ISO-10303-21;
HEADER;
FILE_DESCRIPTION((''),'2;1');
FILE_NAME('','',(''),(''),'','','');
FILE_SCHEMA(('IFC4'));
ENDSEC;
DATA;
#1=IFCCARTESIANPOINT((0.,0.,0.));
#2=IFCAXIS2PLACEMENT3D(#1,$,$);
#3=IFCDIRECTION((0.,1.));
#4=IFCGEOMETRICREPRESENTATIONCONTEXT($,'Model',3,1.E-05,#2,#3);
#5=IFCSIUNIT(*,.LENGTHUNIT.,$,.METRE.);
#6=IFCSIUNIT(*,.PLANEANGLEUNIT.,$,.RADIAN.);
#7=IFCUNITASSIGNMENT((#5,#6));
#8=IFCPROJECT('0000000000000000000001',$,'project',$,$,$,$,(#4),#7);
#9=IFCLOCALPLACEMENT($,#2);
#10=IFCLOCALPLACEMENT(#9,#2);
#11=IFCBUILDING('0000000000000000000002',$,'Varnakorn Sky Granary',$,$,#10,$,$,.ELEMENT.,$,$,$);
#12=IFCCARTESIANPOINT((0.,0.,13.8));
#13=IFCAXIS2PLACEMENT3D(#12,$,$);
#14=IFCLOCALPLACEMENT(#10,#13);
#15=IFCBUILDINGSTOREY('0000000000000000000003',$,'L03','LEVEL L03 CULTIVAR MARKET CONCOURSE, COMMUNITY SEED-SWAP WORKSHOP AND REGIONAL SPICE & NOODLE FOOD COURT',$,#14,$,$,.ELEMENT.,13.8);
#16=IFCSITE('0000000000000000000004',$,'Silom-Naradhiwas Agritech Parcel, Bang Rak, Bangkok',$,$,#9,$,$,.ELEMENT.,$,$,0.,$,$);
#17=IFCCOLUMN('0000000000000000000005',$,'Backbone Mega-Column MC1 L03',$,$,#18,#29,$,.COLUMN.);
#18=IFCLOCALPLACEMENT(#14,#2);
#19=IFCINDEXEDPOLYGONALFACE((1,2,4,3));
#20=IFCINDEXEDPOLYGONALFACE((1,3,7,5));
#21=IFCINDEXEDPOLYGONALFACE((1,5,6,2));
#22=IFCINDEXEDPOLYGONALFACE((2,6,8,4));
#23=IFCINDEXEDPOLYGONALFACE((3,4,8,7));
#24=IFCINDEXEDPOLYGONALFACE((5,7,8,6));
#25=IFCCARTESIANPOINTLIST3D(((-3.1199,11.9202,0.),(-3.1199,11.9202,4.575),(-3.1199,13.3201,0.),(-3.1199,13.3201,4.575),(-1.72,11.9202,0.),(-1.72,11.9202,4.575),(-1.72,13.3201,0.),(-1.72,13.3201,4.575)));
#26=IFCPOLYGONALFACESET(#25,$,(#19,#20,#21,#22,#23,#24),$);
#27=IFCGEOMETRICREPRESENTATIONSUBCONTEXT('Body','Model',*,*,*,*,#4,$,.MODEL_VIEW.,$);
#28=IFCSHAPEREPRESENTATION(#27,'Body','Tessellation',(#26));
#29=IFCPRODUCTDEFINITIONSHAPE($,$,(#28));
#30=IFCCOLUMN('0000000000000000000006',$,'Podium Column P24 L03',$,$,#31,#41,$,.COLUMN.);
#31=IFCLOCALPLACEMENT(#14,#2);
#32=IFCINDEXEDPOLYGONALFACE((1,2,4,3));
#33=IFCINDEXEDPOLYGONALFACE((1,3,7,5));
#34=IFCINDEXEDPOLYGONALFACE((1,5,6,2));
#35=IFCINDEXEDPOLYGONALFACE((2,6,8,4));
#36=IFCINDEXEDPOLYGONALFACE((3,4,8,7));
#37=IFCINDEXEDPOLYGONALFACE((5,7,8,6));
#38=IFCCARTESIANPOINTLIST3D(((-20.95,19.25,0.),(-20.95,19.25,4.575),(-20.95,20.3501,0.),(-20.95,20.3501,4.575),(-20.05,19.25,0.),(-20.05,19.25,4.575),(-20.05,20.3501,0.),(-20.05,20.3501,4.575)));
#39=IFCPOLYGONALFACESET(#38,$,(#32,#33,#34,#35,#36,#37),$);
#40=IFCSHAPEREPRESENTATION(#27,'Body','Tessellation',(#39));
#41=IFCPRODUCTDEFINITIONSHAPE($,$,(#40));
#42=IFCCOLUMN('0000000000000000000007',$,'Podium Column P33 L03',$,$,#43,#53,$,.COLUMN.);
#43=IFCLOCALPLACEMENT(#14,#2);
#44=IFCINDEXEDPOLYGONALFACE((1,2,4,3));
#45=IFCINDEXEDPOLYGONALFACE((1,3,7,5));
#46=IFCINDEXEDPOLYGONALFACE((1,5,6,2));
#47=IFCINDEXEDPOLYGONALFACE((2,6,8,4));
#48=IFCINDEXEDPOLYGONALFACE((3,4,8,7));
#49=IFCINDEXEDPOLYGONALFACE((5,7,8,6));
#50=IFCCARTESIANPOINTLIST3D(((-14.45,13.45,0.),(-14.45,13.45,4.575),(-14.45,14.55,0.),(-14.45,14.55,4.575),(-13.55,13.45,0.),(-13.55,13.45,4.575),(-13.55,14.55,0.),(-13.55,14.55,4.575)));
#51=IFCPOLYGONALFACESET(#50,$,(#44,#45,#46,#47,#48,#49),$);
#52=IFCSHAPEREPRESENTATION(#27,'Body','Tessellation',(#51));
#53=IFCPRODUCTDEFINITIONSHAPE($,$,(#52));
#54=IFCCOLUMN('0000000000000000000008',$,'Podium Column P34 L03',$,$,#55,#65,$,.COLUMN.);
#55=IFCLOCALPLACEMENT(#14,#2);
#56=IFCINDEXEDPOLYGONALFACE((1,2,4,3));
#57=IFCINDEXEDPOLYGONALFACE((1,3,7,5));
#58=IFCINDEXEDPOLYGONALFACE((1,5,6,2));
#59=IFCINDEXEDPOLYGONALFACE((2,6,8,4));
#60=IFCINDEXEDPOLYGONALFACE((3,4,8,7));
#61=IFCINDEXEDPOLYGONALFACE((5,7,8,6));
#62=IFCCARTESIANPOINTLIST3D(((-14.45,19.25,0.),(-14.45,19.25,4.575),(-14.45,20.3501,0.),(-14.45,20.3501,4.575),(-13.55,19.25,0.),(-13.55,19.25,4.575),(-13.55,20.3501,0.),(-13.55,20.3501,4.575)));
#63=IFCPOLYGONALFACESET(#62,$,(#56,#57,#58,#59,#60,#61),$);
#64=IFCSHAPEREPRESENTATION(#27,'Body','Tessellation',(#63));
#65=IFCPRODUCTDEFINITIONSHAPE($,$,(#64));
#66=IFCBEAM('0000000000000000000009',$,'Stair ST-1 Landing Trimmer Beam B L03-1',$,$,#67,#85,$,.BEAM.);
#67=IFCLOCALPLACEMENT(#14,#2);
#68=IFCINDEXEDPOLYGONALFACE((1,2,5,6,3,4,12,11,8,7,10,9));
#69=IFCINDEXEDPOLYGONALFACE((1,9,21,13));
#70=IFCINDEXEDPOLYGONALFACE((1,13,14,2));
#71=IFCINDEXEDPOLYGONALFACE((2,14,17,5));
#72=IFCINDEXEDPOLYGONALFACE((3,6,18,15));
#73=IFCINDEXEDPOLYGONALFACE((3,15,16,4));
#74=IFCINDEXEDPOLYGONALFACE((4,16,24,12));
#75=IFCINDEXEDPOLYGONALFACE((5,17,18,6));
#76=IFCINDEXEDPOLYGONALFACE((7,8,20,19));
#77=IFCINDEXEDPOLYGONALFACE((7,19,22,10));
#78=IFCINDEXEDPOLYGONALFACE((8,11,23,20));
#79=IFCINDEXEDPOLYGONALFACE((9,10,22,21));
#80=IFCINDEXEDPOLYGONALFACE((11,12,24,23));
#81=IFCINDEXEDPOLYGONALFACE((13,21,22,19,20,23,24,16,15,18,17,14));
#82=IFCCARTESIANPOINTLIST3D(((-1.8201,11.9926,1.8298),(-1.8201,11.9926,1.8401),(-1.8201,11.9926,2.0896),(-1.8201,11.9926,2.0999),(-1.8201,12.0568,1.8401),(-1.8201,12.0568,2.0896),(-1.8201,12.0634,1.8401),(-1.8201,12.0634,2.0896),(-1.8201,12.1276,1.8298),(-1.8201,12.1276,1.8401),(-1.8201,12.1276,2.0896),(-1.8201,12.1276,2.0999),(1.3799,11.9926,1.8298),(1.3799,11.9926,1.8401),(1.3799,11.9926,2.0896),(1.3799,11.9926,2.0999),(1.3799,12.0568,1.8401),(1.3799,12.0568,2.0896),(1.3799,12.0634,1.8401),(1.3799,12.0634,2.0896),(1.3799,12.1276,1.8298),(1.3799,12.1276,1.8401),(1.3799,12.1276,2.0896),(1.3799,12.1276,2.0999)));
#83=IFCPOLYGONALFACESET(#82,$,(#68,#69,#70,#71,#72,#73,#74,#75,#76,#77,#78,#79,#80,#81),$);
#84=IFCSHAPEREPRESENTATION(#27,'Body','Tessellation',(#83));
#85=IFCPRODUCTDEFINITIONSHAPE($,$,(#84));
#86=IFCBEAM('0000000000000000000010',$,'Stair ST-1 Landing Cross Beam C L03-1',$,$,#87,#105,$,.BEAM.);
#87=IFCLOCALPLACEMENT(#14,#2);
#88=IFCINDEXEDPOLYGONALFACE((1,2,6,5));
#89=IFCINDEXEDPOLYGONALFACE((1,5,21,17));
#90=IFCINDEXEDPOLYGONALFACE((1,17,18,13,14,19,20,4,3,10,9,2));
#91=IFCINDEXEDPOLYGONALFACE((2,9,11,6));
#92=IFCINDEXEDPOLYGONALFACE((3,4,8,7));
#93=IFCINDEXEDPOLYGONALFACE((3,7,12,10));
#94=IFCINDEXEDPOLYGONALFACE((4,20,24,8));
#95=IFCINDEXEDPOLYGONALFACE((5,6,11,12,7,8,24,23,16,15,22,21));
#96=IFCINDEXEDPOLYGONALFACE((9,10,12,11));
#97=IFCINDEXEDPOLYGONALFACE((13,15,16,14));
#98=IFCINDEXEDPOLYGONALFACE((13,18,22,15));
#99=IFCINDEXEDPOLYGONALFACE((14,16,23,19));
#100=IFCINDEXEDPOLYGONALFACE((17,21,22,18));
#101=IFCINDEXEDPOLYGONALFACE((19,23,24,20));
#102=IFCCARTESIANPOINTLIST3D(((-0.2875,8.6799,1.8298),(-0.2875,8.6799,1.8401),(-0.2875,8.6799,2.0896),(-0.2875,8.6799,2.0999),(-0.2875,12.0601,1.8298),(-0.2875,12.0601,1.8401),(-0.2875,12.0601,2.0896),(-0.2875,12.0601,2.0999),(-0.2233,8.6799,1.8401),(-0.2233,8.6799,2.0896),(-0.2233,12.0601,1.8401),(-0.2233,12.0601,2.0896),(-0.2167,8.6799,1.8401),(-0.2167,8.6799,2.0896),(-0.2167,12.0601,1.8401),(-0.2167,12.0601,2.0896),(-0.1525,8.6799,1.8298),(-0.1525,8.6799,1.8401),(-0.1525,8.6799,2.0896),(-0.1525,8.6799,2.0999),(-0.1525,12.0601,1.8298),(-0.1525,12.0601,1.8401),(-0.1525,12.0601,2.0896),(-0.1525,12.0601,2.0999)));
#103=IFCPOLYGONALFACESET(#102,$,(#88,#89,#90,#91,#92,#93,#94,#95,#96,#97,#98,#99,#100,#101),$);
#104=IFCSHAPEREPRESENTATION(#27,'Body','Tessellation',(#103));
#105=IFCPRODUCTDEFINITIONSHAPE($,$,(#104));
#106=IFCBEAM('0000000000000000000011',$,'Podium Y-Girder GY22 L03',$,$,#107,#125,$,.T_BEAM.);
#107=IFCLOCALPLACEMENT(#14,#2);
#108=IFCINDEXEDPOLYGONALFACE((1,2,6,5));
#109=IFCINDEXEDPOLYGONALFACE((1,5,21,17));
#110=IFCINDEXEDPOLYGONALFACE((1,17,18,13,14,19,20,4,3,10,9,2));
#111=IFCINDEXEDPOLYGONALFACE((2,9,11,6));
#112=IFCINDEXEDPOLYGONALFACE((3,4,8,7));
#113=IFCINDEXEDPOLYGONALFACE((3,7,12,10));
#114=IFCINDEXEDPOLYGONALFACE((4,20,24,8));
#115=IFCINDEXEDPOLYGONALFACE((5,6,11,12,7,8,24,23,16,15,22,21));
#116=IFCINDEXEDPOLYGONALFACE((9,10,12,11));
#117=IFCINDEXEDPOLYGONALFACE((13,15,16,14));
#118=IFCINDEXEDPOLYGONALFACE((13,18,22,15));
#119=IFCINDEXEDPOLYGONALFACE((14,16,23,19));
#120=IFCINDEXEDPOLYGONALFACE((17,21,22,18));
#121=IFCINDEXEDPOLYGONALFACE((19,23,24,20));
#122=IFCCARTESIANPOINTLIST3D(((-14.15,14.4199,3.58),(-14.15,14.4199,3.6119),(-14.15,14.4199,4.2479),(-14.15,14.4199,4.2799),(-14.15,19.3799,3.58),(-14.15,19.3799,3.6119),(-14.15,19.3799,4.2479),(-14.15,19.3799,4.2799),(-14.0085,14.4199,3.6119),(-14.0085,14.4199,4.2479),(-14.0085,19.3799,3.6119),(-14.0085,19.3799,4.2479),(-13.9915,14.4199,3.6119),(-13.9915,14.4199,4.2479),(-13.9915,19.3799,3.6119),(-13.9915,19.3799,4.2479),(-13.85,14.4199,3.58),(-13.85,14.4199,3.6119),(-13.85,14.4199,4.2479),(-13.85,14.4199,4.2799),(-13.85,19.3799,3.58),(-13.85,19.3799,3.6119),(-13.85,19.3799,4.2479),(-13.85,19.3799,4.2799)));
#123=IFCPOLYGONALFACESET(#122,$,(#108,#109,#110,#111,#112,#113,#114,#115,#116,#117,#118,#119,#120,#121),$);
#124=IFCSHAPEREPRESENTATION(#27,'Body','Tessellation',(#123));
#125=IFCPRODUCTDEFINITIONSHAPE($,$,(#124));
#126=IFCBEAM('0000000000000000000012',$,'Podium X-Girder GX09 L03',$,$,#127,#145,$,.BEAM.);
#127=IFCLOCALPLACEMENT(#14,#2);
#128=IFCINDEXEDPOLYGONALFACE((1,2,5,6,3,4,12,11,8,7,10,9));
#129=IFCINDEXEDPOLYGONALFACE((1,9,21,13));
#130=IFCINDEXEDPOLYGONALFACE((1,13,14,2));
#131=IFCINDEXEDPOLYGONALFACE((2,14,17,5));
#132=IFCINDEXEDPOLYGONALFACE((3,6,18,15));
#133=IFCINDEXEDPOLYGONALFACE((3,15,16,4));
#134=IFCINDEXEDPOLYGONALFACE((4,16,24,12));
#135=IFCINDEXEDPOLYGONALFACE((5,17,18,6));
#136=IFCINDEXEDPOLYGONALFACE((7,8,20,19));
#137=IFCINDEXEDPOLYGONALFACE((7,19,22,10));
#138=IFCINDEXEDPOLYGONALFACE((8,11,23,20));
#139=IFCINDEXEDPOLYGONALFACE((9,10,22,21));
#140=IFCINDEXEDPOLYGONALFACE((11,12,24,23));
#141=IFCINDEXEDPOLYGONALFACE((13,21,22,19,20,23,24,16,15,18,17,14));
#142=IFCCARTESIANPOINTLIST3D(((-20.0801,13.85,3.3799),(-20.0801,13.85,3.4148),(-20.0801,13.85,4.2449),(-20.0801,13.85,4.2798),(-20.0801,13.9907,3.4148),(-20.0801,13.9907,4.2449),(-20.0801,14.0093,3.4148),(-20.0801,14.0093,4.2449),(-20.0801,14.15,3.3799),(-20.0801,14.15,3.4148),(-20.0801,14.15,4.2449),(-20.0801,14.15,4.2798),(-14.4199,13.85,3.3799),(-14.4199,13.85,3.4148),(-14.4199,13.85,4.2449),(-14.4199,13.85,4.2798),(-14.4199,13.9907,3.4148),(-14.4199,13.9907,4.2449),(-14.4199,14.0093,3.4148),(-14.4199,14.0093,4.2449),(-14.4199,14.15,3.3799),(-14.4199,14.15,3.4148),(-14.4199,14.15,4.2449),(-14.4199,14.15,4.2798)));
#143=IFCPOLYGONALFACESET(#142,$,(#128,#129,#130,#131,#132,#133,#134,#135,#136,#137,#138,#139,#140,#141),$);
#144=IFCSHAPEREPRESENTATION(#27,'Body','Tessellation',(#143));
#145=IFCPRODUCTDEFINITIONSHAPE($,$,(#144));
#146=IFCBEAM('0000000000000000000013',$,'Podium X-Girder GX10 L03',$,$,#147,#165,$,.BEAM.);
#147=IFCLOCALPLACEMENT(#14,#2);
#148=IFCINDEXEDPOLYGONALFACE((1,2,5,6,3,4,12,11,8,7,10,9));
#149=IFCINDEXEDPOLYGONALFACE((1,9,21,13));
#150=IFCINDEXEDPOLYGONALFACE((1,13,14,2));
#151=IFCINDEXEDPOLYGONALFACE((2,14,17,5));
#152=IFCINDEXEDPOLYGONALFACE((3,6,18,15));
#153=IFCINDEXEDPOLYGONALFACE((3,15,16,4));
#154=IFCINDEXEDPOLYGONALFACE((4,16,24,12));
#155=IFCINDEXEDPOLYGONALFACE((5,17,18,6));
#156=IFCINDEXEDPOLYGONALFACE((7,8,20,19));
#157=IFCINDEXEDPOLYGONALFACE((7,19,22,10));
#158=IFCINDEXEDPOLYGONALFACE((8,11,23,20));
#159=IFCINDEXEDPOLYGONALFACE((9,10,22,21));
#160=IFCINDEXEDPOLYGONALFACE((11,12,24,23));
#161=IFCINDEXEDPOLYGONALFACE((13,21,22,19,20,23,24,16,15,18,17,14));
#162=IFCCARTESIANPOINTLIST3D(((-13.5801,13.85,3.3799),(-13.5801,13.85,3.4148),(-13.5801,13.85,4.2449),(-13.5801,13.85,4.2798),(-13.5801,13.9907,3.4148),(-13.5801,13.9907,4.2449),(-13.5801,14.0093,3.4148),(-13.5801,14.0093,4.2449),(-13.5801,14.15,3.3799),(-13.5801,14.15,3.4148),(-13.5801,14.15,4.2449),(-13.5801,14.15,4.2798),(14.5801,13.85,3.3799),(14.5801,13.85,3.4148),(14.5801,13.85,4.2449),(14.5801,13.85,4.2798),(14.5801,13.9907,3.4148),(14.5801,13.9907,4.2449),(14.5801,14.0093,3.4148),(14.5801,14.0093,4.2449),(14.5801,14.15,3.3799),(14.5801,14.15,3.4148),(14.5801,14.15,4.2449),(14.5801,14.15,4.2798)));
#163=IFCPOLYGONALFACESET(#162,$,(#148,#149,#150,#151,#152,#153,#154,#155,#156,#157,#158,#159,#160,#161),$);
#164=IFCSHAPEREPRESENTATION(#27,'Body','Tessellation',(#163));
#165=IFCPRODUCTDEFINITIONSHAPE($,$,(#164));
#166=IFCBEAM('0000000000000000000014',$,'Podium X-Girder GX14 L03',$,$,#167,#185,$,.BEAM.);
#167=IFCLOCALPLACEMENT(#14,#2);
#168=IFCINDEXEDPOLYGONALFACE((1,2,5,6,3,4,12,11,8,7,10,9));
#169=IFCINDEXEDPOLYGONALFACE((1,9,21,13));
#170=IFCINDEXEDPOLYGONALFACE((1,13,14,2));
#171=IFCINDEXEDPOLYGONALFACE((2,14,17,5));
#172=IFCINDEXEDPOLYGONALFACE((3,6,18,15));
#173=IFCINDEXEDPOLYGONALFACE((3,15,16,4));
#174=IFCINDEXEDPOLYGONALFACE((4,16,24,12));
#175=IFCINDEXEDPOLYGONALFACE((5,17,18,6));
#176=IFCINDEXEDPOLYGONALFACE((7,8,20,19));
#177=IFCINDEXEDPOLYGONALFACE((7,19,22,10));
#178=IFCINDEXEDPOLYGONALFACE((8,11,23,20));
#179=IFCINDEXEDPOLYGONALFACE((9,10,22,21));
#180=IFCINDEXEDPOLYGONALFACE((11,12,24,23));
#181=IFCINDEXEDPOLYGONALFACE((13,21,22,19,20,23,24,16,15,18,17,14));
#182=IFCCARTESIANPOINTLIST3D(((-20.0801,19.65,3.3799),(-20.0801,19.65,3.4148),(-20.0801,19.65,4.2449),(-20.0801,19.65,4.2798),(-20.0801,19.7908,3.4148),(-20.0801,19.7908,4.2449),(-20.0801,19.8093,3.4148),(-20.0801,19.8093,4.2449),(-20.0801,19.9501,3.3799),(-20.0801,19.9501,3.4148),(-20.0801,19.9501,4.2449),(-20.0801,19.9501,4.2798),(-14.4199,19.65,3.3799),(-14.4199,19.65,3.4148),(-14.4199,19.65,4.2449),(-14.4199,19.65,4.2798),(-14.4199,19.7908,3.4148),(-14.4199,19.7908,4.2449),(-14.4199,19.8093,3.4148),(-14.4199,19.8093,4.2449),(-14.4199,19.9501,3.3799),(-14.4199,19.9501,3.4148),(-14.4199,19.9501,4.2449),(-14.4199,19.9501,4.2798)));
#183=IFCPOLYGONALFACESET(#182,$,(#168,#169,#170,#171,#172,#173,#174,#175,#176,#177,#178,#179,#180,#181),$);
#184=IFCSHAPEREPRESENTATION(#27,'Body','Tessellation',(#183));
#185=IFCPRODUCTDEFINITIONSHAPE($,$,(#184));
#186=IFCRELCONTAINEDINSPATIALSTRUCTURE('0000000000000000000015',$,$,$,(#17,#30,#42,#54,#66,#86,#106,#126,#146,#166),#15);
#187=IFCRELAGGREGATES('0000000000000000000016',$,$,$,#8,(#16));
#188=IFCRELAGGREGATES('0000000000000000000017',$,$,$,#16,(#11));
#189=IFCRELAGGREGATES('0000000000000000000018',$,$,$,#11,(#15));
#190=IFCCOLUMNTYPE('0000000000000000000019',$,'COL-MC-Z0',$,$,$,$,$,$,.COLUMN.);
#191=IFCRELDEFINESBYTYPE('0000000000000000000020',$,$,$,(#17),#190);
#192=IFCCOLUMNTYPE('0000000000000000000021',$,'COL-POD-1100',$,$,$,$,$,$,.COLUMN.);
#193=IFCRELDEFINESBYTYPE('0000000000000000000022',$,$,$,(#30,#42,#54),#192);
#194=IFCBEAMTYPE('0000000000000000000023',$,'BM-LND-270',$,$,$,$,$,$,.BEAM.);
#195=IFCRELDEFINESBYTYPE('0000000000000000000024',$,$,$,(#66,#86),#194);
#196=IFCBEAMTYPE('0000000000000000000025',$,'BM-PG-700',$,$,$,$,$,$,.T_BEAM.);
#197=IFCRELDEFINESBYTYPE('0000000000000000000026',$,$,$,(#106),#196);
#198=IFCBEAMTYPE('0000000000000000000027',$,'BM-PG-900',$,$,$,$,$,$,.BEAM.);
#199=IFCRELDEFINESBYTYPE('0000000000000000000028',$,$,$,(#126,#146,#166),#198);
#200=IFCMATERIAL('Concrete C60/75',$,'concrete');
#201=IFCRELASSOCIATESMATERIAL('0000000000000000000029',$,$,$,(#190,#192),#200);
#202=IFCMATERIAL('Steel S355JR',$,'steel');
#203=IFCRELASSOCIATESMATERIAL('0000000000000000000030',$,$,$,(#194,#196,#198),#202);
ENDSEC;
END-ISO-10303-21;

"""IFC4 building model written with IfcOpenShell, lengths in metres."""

from ifc_helpers import new_model, si_unit, direction, frame, origin, origin_2d, place, context, subcontext, project, spatial, rectangle, i_section, extrude, material, material_profile, profile_set, type_object, element, save


model = new_model("IFC4")

# Units and contexts
model_context = context("Model", 3, precision=1e-05, world=origin(), true_north=direction((0.0, 1.0)))
body_context = subcontext(model_context, "Body", "Model", "MODEL_VIEW")
ifc_project = project(units=[si_unit("LENGTHUNIT", "METRE"), si_unit("PLANEANGLEUNIT", "RADIAN")], contexts=[model_context])

# Site, building, storey
site_placement = place(None, origin())
site = spatial("IfcSite", under=ifc_project, at=site_placement, Name="Silom-Naradhiwas Agritech Parcel, Bang Rak, Bangkok", CompositionType="ELEMENT", RefElevation=0.0)
building_placement = place(site_placement, origin())
building = spatial("IfcBuilding", under=site, at=building_placement, Name="Varnakorn Sky Granary", CompositionType="ELEMENT")
storey_placement = place(building_placement, frame((0.0, 0.0, 13.8)))
storey = spatial("IfcBuildingStorey", under=building, at=storey_placement, Name="L03", Description="LEVEL L03 CULTIVAR MARKET CONCOURSE, COMMUNITY SEED-SWAP WORKSHOP AND REGIONAL SPICE & NOODLE FOOD COURT", CompositionType="ELEMENT", Elevation=13.8)

# Columns
ifc_material_1 = material(Name="Concrete C60/75", Category="concrete")
ifc_material_profile_1 = material_profile(ifc_material_1, rectangle(XDim=1.3999, YDim=1.3999, at=origin_2d()), Name="RC 1400x1400")
ifc_profile_set_1 = profile_set([ifc_material_profile_1], Name="Concrete C60/75")
column_type_1 = type_object("IfcColumnType", Name="COL-MC-Z0", PredefinedType="COLUMN", material=ifc_profile_set_1)
column_placement = place(storey_placement, frame((-2.4199, 12.6201, 0.0), z_axis=(0.0, 0.0, 1.0), x_axis=(1.0, 0.0, 0.0)))
element("IfcColumn", 1, at=column_placement, inside=storey, type_object=column_type_1, Name="Backbone Mega-Column MC1 L03", PredefinedType="COLUMN", context=body_context, shape_type="SweptSolid", body=[
    extrude(rectangle(XDim=1.3999, YDim=1.3999, at=origin_2d()), origin(), (0.0, 0.0, 1.0), 4.575),
])
ifc_material_profile_2 = material_profile(ifc_material_1, rectangle(XDim=0.8999, YDim=1.1001, at=origin_2d()), Name="RC 900x1100")
ifc_profile_set_2 = profile_set([ifc_material_profile_2], Name="Concrete C60/75")
column_type_2 = type_object("IfcColumnType", Name="COL-POD-1100", PredefinedType="COLUMN", material=ifc_profile_set_2)
for number, where, z_axis, x_axis, name in (
    (2, (-20.5, 19.8, 0.0), (0.0, 0.0, 1.0), (1.0, 0.0, 0.0), "Podium Column P24 L03"),
    (3, (-14.0, 14.0, 0.0), (0.0, 0.0, 1.0), (1.0, 0.0, 0.0), "Podium Column P33 L03"),
    (4, (-14.0, 19.8, 0.0), (0.0, 0.0, 1.0), (1.0, 0.0, 0.0), "Podium Column P34 L03"),
):
    element("IfcColumn", number, at=place(storey_placement, frame(where, z_axis=z_axis, x_axis=x_axis)), inside=storey, type_object=column_type_2, Name=name, PredefinedType="COLUMN", context=body_context, shape_type="SweptSolid", body=[
        extrude(rectangle(XDim=0.8999, YDim=1.1001, at=origin_2d()), origin(), (0.0, 0.0, 1.0), 4.575),
    ])

# Beams
ifc_material_2 = material(Name="Steel S355JR", Category="steel")
ifc_material_profile_3 = material_profile(ifc_material_2, i_section(OverallWidth=0.135, OverallDepth=0.27, WebThickness=0.0066, FlangeThickness=0.0103, at=origin_2d()), Name="IPE 270")
ifc_profile_set_3 = profile_set([ifc_material_profile_3], Name="Steel S355JR")
beam_type_1 = type_object("IfcBeamType", Name="BM-LND-270", PredefinedType="BEAM", material=ifc_profile_set_3)
beam_1_placement = place(storey_placement, frame((-1.8201, 12.0601, 1.9648), z_axis=(1.0, 0.0, 0.0), x_axis=(0.0, 1.0, 0.0)))
element("IfcBeam", 5, at=beam_1_placement, inside=storey, type_object=beam_type_1, Name="Stair ST-1 Landing Trimmer Beam B L03-1", PredefinedType="BEAM", context=body_context, shape_type="SweptSolid", body=[
    extrude(i_section(OverallWidth=0.135, OverallDepth=0.27, WebThickness=0.0066, FlangeThickness=0.0103, at=origin_2d()), origin(), (0.0, 0.0, 1.0), 3.2),
])
beam_2_placement = place(storey_placement, frame((-0.22, 8.6799, 1.9648), z_axis=(0.0, 1.0, 0.0), x_axis=(-1.0, 0.0, 0.0)))
element("IfcBeam", 6, at=beam_2_placement, inside=storey, type_object=beam_type_1, Name="Stair ST-1 Landing Cross Beam C L03-1", PredefinedType="BEAM", context=body_context, shape_type="SweptSolid", body=[
    extrude(i_section(OverallWidth=0.135, OverallDepth=0.27, WebThickness=0.0066, FlangeThickness=0.0103, at=origin_2d()), origin(), (0.0, 0.0, 1.0), 3.3801),
])
ifc_material_profile_4 = material_profile(ifc_material_2, i_section(OverallWidth=0.3, OverallDepth=0.7, WebThickness=0.0171, FlangeThickness=0.032, at=origin_2d()), Name="HE 700 B")
ifc_profile_set_4 = profile_set([ifc_material_profile_4], Name="Steel S355JR")
beam_type_2 = type_object("IfcBeamType", Name="BM-PG-700", PredefinedType="T_BEAM", material=ifc_profile_set_4)
beam_3_placement = place(storey_placement, frame((-14.0, 14.4199, 3.9299), z_axis=(0.0, 1.0, 0.0), x_axis=(-1.0, 0.0, 0.0)))
element("IfcBeam", 7, at=beam_3_placement, inside=storey, type_object=beam_type_2, Name="Podium Y-Girder GY22 L03", PredefinedType="T_BEAM", context=body_context, shape_type="SweptSolid", body=[
    extrude(i_section(OverallWidth=0.3, OverallDepth=0.7, WebThickness=0.0171, FlangeThickness=0.032, at=origin_2d()), origin(), (0.0, 0.0, 1.0), 4.96),
])
ifc_material_profile_5 = material_profile(ifc_material_2, i_section(OverallWidth=0.3, OverallDepth=0.8999, WebThickness=0.0186, FlangeThickness=0.0349, at=origin_2d()), Name="HE 900 B")
ifc_profile_set_5 = profile_set([ifc_material_profile_5], Name="Steel S355JR")
beam_type_3 = type_object("IfcBeamType", Name="BM-PG-900", PredefinedType="BEAM", material=ifc_profile_set_5)
beam_4_placement = place(storey_placement, frame((-20.0801, 14.0, 3.8298), z_axis=(1.0, 0.0, 0.0), x_axis=(0.0, 1.0, 0.0)))
element("IfcBeam", 8, at=beam_4_placement, inside=storey, type_object=beam_type_3, Name="Podium X-Girder GX09 L03", PredefinedType="BEAM", context=body_context, shape_type="SweptSolid", body=[
    extrude(i_section(OverallWidth=0.3, OverallDepth=0.8999, WebThickness=0.0186, FlangeThickness=0.0349, at=origin_2d()), origin(), (0.0, 0.0, 1.0), 5.6602),
])
beam_5_placement = place(storey_placement, frame((-13.5801, 14.0, 3.8298), z_axis=(1.0, 0.0, 0.0), x_axis=(0.0, 1.0, 0.0)))
element("IfcBeam", 9, at=beam_5_placement, inside=storey, type_object=beam_type_3, Name="Podium X-Girder GX10 L03", PredefinedType="BEAM", context=body_context, shape_type="SweptSolid", body=[
    extrude(i_section(OverallWidth=0.3, OverallDepth=0.8999, WebThickness=0.0186, FlangeThickness=0.0349, at=origin_2d()), origin(), (0.0, 0.0, 1.0), 28.1602),
])
beam_6_placement = place(storey_placement, frame((-20.0801, 19.8, 3.8298), z_axis=(1.0, 0.0, 0.0), x_axis=(0.0, 1.0, 0.0)))
element("IfcBeam", 10, at=beam_6_placement, inside=storey, type_object=beam_type_3, Name="Podium X-Girder GX14 L03", PredefinedType="BEAM", context=body_context, shape_type="SweptSolid", body=[
    extrude(i_section(OverallWidth=0.3, OverallDepth=0.8999, WebThickness=0.0186, FlangeThickness=0.0349, at=origin_2d()), origin(), (0.0, 0.0, 1.0), 5.6602),
])

save(model, "model.ifc")
